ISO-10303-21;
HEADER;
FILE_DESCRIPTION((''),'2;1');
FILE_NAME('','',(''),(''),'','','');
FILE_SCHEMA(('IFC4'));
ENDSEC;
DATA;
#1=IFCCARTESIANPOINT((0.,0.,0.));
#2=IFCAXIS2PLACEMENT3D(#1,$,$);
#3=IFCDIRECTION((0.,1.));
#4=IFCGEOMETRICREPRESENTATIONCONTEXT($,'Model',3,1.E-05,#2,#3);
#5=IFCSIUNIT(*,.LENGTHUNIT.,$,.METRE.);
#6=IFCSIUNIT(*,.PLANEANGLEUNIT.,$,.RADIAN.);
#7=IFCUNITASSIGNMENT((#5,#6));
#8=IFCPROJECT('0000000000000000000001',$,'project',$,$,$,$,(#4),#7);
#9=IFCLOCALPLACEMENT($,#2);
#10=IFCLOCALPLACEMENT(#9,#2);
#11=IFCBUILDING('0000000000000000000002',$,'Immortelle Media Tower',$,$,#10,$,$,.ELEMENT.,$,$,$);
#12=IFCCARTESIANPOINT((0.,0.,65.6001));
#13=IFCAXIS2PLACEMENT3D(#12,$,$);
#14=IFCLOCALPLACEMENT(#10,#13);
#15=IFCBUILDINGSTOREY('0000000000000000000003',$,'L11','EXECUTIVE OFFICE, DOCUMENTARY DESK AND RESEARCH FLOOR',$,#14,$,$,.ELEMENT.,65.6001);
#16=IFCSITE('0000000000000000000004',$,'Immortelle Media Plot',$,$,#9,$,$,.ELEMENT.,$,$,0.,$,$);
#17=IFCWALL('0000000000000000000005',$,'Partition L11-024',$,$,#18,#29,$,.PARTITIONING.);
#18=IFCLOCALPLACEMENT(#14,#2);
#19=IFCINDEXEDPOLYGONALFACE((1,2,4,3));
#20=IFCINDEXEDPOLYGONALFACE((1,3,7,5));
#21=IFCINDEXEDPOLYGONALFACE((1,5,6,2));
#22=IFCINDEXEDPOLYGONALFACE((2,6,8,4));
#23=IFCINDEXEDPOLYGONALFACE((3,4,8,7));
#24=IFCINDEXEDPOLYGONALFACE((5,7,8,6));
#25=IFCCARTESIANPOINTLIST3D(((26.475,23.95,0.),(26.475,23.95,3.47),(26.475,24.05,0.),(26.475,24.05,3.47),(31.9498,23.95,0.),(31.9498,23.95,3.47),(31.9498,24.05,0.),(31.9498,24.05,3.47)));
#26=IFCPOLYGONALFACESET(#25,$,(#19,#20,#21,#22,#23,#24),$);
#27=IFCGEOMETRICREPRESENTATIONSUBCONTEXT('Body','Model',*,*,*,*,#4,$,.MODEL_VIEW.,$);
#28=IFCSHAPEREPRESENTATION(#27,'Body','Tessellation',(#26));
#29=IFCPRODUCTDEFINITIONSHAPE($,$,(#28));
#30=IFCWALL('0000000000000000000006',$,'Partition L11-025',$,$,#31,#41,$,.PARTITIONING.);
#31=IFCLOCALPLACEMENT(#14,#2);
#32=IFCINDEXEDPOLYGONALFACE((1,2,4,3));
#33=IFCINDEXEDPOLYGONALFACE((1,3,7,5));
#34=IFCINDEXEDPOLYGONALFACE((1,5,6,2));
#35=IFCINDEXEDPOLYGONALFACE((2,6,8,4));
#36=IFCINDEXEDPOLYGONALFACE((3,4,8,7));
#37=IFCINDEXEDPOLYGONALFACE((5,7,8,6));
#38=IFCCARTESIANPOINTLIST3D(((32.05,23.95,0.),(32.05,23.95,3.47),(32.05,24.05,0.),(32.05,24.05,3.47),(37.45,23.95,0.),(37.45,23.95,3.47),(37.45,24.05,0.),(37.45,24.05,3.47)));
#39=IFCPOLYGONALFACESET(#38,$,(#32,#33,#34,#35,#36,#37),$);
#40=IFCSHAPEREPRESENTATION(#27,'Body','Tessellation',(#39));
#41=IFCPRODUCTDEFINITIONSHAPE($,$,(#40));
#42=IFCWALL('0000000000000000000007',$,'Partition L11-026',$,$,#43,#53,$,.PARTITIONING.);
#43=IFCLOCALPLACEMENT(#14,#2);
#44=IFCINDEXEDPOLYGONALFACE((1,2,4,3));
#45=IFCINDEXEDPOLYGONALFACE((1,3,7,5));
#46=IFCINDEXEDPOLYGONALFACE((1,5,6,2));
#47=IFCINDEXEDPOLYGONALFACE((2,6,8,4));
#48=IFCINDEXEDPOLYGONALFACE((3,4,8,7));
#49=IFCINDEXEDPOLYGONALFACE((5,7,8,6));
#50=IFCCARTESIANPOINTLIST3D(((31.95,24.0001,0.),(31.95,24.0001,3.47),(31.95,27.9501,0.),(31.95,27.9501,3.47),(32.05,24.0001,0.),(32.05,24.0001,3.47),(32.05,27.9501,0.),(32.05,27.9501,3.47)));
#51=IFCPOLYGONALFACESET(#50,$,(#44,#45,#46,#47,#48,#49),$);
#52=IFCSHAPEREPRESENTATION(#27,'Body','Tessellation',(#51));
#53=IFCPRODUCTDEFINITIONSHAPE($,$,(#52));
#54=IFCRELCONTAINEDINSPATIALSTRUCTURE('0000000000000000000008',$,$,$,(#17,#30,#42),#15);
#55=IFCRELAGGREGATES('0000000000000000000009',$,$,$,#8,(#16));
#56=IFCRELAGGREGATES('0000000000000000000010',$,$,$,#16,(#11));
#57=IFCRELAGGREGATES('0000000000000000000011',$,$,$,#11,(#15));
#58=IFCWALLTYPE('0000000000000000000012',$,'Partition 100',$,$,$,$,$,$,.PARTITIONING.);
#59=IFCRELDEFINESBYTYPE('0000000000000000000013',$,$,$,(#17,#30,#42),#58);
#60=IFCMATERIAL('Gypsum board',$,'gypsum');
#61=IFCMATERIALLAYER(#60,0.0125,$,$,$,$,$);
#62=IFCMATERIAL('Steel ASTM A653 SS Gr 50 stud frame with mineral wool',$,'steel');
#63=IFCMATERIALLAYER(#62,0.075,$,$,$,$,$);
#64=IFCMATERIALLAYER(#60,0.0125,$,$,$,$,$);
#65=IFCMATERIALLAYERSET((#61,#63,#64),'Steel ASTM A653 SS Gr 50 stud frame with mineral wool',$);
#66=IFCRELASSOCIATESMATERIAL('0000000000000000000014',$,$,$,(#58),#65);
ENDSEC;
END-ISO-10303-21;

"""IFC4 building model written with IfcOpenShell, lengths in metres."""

from ifc_helpers import new_model, si_unit, direction, frame, frame_2d, origin, place, context, subcontext, project, spatial, rectangle, extrude, material, layer, layer_set, type_object, element, save


model = new_model("IFC4")

# Units and contexts
model_context = context("Model", 3, precision=1e-05, world=origin(), true_north=direction((0.0, 1.0)))
body_context = subcontext(model_context, "Body", "Model", "MODEL_VIEW")
ifc_project = project(units=[si_unit("LENGTHUNIT", "METRE"), si_unit("PLANEANGLEUNIT", "RADIAN")], contexts=[model_context])

# Site, building, storey
site_placement = place(None, origin())
site = spatial("IfcSite", under=ifc_project, at=site_placement, Name="Immortelle Media Plot", CompositionType="ELEMENT", RefElevation=0.0)
building_placement = place(site_placement, origin())
building = spatial("IfcBuilding", under=site, at=building_placement, Name="Immortelle Media Tower", CompositionType="ELEMENT")
storey_placement = place(building_placement, frame((0.0, 0.0, 65.6001)))
storey = spatial("IfcBuildingStorey", under=building, at=storey_placement, Name="L11", Description="EXECUTIVE OFFICE, DOCUMENTARY DESK AND RESEARCH FLOOR", CompositionType="ELEMENT", Elevation=65.6001)

# Shared definitions
ifc_material_1 = material(Name="Steel ASTM A653 SS Gr 50 stud frame with mineral wool", Category="steel")

# Shared definitions
ifc_material_2 = material(Name="Gypsum board", Category="gypsum")
ifc_layer_1 = layer(ifc_material_2, 0.0125)
ifc_layer_2 = layer(ifc_material_1, 0.075)
ifc_layer_3 = layer(ifc_material_2, 0.0125)
ifc_layer_set_1 = layer_set([ifc_layer_1, ifc_layer_2, ifc_layer_3], Name="Steel ASTM A653 SS Gr 50 stud frame with mineral wool")
wall_type_1 = type_object("IfcWallType", Name="Partition 100", PredefinedType="PARTITIONING", material=ifc_layer_set_1)

# Walls
wall_1_placement = place(storey_placement, frame((26.4751, 24.0, 0.0), z_axis=(0.0, 0.0, 1.0), x_axis=(1.0, 0.0, 0.0)))
element("IfcWall", 1, at=wall_1_placement, inside=storey, type_object=wall_type_1, Name="Partition L11-024", PredefinedType="PARTITIONING", context=body_context, shape_type="SweptSolid", body=[
    extrude(rectangle(XDim=5.4749, YDim=0.1001, at=frame_2d((2.7373, 0.0))), origin(), (0.0, 0.0, 1.0), 3.47),
])
wall_2_placement = place(storey_placement, frame((32.05, 24.0, 0.0), z_axis=(0.0, 0.0, 1.0), x_axis=(1.0, 0.0, 0.0)))
element("IfcWall", 2, at=wall_2_placement, inside=storey, type_object=wall_type_1, Name="Partition L11-025", PredefinedType="PARTITIONING", context=body_context, shape_type="SweptSolid", body=[
    extrude(rectangle(XDim=5.3999, YDim=0.1001, at=frame_2d((2.7, 0.0))), origin(), (0.0, 0.0, 1.0), 3.47),
])
wall_3_placement = place(storey_placement, frame((32.0, 24.0, 0.0), z_axis=(0.0, 0.0, 1.0), x_axis=(0.0, 1.0, 0.0)))
element("IfcWall", 3, at=wall_3_placement, inside=storey, type_object=wall_type_1, Name="Partition L11-026", PredefinedType="PARTITIONING", context=body_context, shape_type="SweptSolid", body=[
    extrude(rectangle(XDim=3.95, YDim=0.1001, at=frame_2d((1.9751, 0.0))), origin(), (0.0, 0.0, 1.0), 3.47),
])

save(model, "model.ifc")
